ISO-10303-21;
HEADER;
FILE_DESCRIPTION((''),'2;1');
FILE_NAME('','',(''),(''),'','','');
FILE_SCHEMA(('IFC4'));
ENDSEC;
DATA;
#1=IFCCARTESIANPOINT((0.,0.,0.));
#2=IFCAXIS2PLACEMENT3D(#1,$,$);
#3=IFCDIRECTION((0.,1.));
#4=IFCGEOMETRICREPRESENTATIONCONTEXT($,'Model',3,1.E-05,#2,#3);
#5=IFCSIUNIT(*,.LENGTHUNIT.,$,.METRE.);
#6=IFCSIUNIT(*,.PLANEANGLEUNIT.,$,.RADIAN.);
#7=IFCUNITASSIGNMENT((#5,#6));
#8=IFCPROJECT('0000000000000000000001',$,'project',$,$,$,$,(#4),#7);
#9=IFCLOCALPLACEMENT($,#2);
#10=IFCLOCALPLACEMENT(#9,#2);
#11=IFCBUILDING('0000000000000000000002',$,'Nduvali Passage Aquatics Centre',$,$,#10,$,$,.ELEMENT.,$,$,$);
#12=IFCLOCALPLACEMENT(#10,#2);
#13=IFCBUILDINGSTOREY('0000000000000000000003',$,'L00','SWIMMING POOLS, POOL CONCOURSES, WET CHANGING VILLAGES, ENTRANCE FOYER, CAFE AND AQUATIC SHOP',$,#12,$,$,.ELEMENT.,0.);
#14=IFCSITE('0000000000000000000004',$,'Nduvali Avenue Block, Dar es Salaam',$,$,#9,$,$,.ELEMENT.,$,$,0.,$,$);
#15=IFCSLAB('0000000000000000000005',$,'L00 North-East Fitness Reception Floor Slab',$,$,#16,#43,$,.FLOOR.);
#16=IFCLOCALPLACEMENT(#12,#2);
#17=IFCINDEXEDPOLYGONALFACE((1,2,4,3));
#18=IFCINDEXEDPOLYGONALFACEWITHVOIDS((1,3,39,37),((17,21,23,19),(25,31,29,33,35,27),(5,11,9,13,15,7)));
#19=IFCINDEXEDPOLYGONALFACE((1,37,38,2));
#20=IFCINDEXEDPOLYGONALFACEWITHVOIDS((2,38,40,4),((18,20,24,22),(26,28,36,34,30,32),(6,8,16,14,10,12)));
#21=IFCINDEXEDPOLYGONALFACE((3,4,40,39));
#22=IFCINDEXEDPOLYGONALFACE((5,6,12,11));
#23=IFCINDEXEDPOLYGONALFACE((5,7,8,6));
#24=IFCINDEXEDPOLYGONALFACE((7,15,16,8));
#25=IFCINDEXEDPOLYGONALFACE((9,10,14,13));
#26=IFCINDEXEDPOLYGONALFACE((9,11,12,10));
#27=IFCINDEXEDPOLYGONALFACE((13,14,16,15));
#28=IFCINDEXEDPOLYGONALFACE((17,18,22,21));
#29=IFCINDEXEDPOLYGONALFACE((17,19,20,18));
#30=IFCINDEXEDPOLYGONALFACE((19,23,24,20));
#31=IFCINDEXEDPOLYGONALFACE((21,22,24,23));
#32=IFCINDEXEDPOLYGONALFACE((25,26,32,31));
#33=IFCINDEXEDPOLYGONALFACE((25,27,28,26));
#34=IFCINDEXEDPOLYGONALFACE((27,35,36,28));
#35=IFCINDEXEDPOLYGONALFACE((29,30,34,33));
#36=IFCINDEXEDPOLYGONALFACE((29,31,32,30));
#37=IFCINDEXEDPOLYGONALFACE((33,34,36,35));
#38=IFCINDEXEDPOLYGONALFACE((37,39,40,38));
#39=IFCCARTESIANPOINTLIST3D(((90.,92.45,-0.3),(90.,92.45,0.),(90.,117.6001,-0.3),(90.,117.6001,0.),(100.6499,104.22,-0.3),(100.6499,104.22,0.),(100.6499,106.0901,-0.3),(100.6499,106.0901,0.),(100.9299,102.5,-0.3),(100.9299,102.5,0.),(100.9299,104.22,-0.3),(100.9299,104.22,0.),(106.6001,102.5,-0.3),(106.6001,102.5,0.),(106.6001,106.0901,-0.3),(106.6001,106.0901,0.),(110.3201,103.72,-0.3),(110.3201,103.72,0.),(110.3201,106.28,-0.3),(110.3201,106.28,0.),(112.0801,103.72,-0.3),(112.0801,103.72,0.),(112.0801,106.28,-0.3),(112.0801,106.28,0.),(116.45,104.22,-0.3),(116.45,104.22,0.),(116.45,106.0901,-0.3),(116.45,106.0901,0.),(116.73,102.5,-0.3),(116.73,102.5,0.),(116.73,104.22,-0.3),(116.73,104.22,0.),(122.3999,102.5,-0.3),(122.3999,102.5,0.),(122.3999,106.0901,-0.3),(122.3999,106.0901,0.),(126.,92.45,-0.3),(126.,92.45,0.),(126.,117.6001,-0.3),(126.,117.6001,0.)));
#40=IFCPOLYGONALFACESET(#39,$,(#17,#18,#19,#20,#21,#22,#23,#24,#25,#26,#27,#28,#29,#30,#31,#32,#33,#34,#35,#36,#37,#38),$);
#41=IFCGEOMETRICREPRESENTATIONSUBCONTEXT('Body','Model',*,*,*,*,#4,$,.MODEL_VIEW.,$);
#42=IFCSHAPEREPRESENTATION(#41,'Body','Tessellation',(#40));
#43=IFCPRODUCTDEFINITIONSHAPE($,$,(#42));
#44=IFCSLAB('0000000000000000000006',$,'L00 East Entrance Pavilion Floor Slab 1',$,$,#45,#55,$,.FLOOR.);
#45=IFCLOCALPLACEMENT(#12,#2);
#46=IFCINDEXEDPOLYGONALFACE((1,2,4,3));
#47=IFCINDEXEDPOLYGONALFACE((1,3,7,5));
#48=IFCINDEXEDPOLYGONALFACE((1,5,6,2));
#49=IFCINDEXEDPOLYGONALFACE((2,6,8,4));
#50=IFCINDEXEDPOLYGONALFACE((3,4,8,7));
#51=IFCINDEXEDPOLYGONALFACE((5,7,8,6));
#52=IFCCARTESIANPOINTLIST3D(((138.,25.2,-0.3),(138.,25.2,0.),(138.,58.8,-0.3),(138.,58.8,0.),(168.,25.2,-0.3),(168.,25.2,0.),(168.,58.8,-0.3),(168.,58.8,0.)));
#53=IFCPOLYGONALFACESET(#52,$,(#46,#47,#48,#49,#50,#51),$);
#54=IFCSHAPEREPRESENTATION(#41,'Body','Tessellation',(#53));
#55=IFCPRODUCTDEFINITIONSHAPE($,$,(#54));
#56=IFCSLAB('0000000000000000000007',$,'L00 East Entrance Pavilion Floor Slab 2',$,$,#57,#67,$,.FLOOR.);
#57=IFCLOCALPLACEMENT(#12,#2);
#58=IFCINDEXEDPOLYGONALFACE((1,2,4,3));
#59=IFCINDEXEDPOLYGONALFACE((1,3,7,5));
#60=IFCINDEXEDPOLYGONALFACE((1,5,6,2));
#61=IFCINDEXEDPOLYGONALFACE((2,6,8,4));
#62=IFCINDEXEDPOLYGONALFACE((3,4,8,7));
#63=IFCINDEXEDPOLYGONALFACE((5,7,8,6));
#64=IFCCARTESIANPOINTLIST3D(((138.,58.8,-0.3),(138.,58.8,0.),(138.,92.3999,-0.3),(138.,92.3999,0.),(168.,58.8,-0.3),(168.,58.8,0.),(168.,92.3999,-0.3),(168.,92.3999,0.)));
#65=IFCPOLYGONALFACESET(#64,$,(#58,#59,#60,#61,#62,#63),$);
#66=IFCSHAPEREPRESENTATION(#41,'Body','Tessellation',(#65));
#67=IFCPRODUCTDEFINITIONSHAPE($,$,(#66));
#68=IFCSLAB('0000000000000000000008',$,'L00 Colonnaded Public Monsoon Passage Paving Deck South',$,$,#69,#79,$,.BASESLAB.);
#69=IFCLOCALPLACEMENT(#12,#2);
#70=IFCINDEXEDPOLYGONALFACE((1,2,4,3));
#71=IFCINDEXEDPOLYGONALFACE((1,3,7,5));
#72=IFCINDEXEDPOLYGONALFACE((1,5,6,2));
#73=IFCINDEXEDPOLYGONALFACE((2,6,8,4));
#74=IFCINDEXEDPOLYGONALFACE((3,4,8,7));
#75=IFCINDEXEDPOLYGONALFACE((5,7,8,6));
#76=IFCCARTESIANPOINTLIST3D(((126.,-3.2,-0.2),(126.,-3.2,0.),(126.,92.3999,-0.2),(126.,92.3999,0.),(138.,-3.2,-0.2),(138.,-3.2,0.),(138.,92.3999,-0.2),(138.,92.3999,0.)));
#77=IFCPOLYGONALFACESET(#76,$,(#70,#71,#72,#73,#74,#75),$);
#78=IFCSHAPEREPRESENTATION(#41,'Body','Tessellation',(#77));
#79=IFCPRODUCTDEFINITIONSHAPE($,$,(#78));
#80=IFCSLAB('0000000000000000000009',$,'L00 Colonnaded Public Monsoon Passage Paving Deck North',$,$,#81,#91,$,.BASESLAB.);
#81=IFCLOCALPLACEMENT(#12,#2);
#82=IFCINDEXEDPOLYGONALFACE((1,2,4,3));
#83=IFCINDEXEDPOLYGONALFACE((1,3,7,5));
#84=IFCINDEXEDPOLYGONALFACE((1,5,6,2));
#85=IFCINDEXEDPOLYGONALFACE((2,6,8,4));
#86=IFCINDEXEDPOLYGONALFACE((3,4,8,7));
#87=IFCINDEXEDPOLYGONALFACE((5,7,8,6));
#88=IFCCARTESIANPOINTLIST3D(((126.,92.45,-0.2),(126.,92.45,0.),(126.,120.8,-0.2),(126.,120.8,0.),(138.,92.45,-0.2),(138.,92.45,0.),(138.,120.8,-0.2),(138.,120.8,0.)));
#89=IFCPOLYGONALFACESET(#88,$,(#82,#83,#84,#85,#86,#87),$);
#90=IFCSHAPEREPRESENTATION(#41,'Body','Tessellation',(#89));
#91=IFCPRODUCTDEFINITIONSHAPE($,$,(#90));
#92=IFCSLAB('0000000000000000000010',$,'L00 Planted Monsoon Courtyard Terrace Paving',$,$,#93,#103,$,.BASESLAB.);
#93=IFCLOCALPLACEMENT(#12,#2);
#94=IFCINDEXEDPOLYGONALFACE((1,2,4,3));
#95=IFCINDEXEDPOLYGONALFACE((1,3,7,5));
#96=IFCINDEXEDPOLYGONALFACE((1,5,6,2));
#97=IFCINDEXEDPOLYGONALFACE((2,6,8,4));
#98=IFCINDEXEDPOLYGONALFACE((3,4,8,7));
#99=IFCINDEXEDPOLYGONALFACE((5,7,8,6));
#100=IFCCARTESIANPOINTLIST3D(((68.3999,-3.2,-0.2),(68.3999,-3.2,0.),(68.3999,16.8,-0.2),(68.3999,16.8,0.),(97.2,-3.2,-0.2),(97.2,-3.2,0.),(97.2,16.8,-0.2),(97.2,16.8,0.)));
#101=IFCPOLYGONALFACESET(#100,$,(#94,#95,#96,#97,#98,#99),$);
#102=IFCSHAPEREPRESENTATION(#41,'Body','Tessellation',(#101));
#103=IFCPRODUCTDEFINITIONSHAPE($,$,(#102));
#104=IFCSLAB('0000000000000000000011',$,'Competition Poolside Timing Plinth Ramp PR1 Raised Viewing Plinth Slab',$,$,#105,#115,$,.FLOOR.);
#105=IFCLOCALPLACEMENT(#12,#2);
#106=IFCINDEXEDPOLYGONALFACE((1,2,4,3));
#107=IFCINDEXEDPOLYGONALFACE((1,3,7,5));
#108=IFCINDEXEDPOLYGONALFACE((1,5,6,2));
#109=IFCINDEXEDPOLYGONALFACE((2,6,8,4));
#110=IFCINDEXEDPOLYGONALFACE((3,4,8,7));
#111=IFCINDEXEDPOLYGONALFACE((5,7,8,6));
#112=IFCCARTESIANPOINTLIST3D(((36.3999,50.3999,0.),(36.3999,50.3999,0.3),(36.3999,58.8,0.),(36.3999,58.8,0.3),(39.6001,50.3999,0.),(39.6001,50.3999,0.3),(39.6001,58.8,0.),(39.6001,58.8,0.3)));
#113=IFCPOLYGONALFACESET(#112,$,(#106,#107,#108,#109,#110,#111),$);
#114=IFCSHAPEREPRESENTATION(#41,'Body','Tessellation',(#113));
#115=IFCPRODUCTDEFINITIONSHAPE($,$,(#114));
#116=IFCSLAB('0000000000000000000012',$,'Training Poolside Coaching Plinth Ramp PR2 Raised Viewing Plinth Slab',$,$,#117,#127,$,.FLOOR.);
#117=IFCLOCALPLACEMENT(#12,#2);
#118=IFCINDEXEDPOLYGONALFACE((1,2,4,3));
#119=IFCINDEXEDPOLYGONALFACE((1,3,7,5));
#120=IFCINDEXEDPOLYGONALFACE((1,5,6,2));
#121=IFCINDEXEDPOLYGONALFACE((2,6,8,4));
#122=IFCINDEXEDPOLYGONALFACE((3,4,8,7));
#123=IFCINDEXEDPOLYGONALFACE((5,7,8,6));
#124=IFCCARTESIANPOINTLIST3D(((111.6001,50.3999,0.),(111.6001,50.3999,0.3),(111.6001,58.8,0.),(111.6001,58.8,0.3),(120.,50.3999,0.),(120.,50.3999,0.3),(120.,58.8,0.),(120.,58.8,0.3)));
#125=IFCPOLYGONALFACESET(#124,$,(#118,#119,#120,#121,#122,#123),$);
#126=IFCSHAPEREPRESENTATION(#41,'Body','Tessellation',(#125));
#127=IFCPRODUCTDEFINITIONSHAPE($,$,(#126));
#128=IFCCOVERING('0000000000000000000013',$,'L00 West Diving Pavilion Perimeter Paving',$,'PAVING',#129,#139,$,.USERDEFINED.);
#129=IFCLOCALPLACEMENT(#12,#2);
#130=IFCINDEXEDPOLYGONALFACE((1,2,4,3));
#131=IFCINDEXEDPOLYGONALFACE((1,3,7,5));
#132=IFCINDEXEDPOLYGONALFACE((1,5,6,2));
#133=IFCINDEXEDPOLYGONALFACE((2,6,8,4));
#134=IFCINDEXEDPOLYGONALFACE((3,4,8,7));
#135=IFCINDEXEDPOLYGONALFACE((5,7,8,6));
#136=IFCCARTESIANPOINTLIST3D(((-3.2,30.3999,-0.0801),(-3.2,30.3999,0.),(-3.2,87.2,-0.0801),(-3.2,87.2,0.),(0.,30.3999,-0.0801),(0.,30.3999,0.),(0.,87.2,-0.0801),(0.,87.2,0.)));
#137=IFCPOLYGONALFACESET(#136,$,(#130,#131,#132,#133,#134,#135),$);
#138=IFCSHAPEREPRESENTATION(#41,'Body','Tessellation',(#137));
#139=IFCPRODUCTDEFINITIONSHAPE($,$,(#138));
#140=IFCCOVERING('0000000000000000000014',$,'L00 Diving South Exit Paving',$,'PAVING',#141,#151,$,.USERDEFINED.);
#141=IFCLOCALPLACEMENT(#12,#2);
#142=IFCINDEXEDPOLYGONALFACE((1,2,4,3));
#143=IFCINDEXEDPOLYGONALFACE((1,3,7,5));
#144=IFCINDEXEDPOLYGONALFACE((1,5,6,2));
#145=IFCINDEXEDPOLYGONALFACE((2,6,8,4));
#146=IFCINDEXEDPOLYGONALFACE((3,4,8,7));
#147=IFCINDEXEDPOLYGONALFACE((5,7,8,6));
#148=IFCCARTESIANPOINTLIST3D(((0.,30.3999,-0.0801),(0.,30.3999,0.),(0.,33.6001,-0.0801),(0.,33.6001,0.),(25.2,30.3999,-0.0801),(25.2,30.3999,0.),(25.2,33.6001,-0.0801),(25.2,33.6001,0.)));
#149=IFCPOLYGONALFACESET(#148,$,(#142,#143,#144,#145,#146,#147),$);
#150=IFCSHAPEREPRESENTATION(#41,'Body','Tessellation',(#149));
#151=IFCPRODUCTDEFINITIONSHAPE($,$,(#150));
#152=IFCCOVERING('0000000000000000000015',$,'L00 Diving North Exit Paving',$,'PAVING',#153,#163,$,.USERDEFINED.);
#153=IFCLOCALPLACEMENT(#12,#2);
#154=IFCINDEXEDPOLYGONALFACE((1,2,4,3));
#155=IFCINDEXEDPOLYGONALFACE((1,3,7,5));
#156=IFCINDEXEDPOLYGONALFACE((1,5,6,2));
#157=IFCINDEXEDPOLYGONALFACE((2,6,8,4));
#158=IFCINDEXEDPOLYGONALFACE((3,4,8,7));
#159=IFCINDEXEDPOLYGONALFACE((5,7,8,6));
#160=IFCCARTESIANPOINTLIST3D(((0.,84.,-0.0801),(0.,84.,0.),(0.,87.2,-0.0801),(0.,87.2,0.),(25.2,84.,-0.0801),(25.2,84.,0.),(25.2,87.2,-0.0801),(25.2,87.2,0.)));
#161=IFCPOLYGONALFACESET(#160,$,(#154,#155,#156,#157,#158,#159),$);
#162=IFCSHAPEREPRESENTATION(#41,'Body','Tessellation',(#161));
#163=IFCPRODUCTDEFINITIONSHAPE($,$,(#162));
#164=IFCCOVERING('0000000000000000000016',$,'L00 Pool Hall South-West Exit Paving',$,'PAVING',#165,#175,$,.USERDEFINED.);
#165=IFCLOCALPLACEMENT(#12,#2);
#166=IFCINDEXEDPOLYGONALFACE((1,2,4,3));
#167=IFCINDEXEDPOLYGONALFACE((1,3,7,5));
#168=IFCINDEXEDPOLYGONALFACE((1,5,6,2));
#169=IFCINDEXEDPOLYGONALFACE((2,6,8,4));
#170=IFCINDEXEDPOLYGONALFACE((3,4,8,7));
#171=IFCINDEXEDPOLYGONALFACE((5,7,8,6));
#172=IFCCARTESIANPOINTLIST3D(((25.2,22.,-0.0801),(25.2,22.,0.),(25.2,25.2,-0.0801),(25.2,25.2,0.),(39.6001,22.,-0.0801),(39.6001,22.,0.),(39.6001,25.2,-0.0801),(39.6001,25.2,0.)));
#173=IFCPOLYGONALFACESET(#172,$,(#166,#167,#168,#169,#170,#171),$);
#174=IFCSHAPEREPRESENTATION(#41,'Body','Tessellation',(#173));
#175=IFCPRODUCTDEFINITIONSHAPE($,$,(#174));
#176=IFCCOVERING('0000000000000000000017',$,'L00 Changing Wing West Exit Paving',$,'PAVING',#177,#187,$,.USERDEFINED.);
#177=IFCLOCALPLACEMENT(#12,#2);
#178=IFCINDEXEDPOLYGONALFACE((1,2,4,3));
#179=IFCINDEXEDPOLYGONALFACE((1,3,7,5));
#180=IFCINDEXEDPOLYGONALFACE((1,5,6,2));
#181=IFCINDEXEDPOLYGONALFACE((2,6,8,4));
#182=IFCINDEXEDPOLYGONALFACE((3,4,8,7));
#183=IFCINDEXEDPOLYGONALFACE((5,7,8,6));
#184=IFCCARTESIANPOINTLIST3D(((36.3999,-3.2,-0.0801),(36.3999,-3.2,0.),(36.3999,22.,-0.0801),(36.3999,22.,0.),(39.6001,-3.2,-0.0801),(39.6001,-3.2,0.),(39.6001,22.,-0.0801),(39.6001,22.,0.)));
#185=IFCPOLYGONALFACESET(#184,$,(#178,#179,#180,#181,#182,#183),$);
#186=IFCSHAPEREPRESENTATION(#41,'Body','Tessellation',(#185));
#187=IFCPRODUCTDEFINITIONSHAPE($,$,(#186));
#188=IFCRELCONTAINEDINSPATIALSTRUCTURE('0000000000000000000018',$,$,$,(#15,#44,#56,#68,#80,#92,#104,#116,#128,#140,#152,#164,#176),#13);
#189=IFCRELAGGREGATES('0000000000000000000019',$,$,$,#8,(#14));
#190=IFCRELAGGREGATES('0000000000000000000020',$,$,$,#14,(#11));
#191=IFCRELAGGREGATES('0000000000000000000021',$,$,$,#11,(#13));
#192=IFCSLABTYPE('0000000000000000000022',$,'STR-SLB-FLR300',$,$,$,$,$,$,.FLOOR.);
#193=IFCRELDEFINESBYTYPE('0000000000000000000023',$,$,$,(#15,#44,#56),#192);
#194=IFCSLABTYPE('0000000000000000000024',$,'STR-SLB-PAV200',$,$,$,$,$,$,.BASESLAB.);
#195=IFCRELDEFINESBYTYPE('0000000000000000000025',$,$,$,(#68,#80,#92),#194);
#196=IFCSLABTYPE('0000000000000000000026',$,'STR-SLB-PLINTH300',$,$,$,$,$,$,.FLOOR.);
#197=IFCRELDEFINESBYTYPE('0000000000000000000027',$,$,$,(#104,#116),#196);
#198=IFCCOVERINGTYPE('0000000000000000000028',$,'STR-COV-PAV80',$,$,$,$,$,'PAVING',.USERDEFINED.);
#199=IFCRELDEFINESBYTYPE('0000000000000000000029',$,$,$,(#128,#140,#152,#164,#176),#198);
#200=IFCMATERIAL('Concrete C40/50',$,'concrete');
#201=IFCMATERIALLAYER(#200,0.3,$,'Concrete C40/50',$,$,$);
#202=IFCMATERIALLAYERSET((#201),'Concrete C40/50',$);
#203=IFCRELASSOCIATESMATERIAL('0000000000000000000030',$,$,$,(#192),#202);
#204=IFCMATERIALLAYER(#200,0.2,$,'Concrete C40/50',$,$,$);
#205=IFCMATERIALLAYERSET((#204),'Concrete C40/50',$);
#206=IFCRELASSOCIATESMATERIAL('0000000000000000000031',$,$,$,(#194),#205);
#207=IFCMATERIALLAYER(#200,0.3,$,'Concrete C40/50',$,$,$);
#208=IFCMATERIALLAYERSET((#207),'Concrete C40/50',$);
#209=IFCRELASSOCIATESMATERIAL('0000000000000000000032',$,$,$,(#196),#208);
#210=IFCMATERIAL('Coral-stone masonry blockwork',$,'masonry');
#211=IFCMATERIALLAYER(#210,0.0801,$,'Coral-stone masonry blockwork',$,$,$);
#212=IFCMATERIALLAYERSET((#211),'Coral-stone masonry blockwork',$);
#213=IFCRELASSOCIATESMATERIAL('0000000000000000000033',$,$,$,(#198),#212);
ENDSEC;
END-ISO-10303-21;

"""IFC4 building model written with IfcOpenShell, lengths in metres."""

from ifc_helpers import new_model, si_unit, direction, frame, origin, place, context, subcontext, project, spatial, polyline, outline, extrude, material, layer, layer_set, type_object, element, save


model = new_model("IFC4")

# Units and contexts
model_context = context("Model", 3, precision=1e-05, world=origin(), true_north=direction((0.0, 1.0)))
body_context = subcontext(model_context, "Body", "Model", "MODEL_VIEW")
ifc_project = project(units=[si_unit("LENGTHUNIT", "METRE"), si_unit("PLANEANGLEUNIT", "RADIAN")], contexts=[model_context])

# Site, building, storey
site_placement = place(None, origin())
site = spatial("IfcSite", under=ifc_project, at=site_placement, Name="Nduvali Avenue Block, Dar es Salaam", CompositionType="ELEMENT", RefElevation=0.0)
building_placement = place(site_placement, origin())
building = spatial("IfcBuilding", under=site, at=building_placement, Name="Nduvali Passage Aquatics Centre", CompositionType="ELEMENT")
storey_placement = place(building_placement, origin())
storey = spatial("IfcBuildingStorey", under=building, at=storey_placement, Name="L00", Description="SWIMMING POOLS, POOL CONCOURSES, WET CHANGING VILLAGES, ENTRANCE FOYER, CAFE AND AQUATIC SHOP", CompositionType="ELEMENT", Elevation=0.0)

# Shared definitions
ifc_material_1 = material(Name="Concrete C40/50", Category="concrete")

# Slabs
ifc_layer_1 = layer(ifc_material_1, 0.3, Name="Concrete C40/50")
ifc_layer_set_1 = layer_set([ifc_layer_1], Name="Concrete C40/50")
slab_type_1 = type_object("IfcSlabType", Name="STR-SLB-FLR300", PredefinedType="FLOOR", material=ifc_layer_set_1)
slab_1_placement = place(storey_placement, frame((0.0, 0.0, -0.3)))
element("IfcSlab", 1, at=slab_1_placement, inside=storey, type_object=slab_type_1, Name="L00 North-East Fitness Reception Floor Slab", PredefinedType="FLOOR", context=body_context, shape_type="SweptSolid", body=[
    extrude(outline(polyline([(90.0, 92.45), (126.0, 92.45), (126.0, 117.6001), (90.0, 117.6001), (90.0, 92.45)]), holes=[polyline([(116.73, 102.5), (122.3999, 102.5), (122.3999, 106.0901), (116.45, 106.0901), (116.45, 104.22), (116.73, 104.22), (116.73, 102.5)]), polyline([(100.9299, 102.5), (106.6001, 102.5), (106.6001, 106.0901), (100.6499, 106.0901), (100.6499, 104.22), (100.9299, 104.22), (100.9299, 102.5)]), polyline([(110.3201, 103.72), (112.0801, 103.72), (112.0801, 106.28), (110.3201, 106.28), (110.3201, 103.72)])]), origin(), (0.0, 0.0, 1.0), 0.3),
])
slab_2_placement = place(storey_placement, frame((0.0, 0.0, -0.3)))
element("IfcSlab", 2, at=slab_2_placement, inside=storey, type_object=slab_type_1, Name="L00 East Entrance Pavilion Floor Slab 1", PredefinedType="FLOOR", context=body_context, shape_type="SweptSolid", body=[
    extrude(outline(polyline([(138.0, 25.2), (168.0, 25.2), (168.0, 58.8), (138.0, 58.8), (138.0, 25.2)])), origin(), (0.0, 0.0, 1.0), 0.3),
])
slab_3_placement = place(storey_placement, frame((0.0, 0.0, -0.3)))
element("IfcSlab", 3, at=slab_3_placement, inside=storey, type_object=slab_type_1, Name="L00 East Entrance Pavilion Floor Slab 2", PredefinedType="FLOOR", context=body_context, shape_type="SweptSolid", body=[
    extrude(outline(polyline([(138.0, 58.8), (168.0, 58.8), (168.0, 92.3999), (138.0, 92.3999), (138.0, 58.8)])), origin(), (0.0, 0.0, 1.0), 0.3),
])
ifc_layer_2 = layer(ifc_material_1, 0.2, Name="Concrete C40/50")
ifc_layer_set_2 = layer_set([ifc_layer_2], Name="Concrete C40/50")
slab_type_2 = type_object("IfcSlabType", Name="STR-SLB-PAV200", PredefinedType="BASESLAB", material=ifc_layer_set_2)
slab_4_placement = place(storey_placement, frame((0.0, 0.0, -0.2)))
element("IfcSlab", 4, at=slab_4_placement, inside=storey, type_object=slab_type_2, Name="L00 Colonnaded Public Monsoon Passage Paving Deck South", PredefinedType="BASESLAB", context=body_context, shape_type="SweptSolid", body=[
    extrude(outline(polyline([(126.0, -3.2), (138.0, -3.2), (138.0, 92.3999), (126.0, 92.3999), (126.0, -3.2)])), origin(), (0.0, 0.0, 1.0), 0.2),
])
slab_5_placement = place(storey_placement, frame((0.0, 0.0, -0.2)))
element("IfcSlab", 5, at=slab_5_placement, inside=storey, type_object=slab_type_2, Name="L00 Colonnaded Public Monsoon Passage Paving Deck North", PredefinedType="BASESLAB", context=body_context, shape_type="SweptSolid", body=[
    extrude(outline(polyline([(126.0, 92.45), (138.0, 92.45), (138.0, 120.8), (126.0, 120.8), (126.0, 92.45)])), origin(), (0.0, 0.0, 1.0), 0.2),
])
slab_6_placement = place(storey_placement, frame((0.0, 0.0, -0.2)))
element("IfcSlab", 6, at=slab_6_placement, inside=storey, type_object=slab_type_2, Name="L00 Planted Monsoon Courtyard Terrace Paving", PredefinedType="BASESLAB", context=body_context, shape_type="SweptSolid", body=[
    extrude(outline(polyline([(68.3999, -3.2), (97.2, -3.2), (97.2, 16.8), (68.3999, 16.8), (68.3999, -3.2)])), origin(), (0.0, 0.0, 1.0), 0.2),
])
ifc_layer_3 = layer(ifc_material_1, 0.3, Name="Concrete C40/50")
ifc_layer_set_3 = layer_set([ifc_layer_3], Name="Concrete C40/50")
slab_type_3 = type_object("IfcSlabType", Name="STR-SLB-PLINTH300", PredefinedType="FLOOR", material=ifc_layer_set_3)
slab_7_placement = place(storey_placement, origin())
element("IfcSlab", 7, at=slab_7_placement, inside=storey, type_object=slab_type_3, Name="Competition Poolside Timing Plinth Ramp PR1 Raised Viewing Plinth Slab", PredefinedType="FLOOR", context=body_context, shape_type="SweptSolid", body=[
    extrude(outline(polyline([(36.3999, 50.3999), (39.6001, 50.3999), (39.6001, 58.8), (36.3999, 58.8), (36.3999, 50.3999)])), origin(), (0.0, 0.0, 1.0), 0.3),
])
slab_8_placement = place(storey_placement, origin())
element("IfcSlab", 8, at=slab_8_placement, inside=storey, type_object=slab_type_3, Name="Training Poolside Coaching Plinth Ramp PR2 Raised Viewing Plinth Slab", PredefinedType="FLOOR", context=body_context, shape_type="SweptSolid", body=[
    extrude(outline(polyline([(111.6001, 50.3999), (120.0, 50.3999), (120.0, 58.8), (111.6001, 58.8), (111.6001, 50.3999)])), origin(), (0.0, 0.0, 1.0), 0.3),
])

# Coverings
ifc_material_2 = material(Name="Coral-stone masonry blockwork", Category="masonry")
ifc_layer_4 = layer(ifc_material_2, 0.0801, Name="Coral-stone masonry blockwork")
ifc_layer_set_4 = layer_set([ifc_layer_4], Name="Coral-stone masonry blockwork")
covering_type = type_object("IfcCoveringType", Name="STR-COV-PAV80", ElementType="PAVING", PredefinedType="USERDEFINED", material=ifc_layer_set_4)
covering_1_placement = place(storey_placement, frame((0.0, 0.0, -0.0801)))
element("IfcCovering", 9, at=covering_1_placement, inside=storey, type_object=covering_type, Name="L00 West Diving Pavilion Perimeter Paving", ObjectType="PAVING", PredefinedType="USERDEFINED", context=body_context, shape_type="SweptSolid", body=[
    extrude(outline(polyline([(-3.2, 30.3999), (0.0, 30.3999), (0.0, 87.2), (-3.2, 87.2), (-3.2, 30.3999)])), origin(), (0.0, 0.0, 1.0), 0.0801),
])
covering_2_placement = place(storey_placement, frame((0.0, 0.0, -0.0801)))
element("IfcCovering", 10, at=covering_2_placement, inside=storey, type_object=covering_type, Name="L00 Diving South Exit Paving", ObjectType="PAVING", PredefinedType="USERDEFINED", context=body_context, shape_type="SweptSolid", body=[
    extrude(outline(polyline([(0.0, 30.3999), (25.2, 30.3999), (25.2, 33.6001), (0.0, 33.6001), (0.0, 30.3999)])), origin(), (0.0, 0.0, 1.0), 0.0801),
])
covering_3_placement = place(storey_placement, frame((0.0, 0.0, -0.0801)))
element("IfcCovering", 11, at=covering_3_placement, inside=storey, type_object=covering_type, Name="L00 Diving North Exit Paving", ObjectType="PAVING", PredefinedType="USERDEFINED", context=body_context, shape_type="SweptSolid", body=[
    extrude(outline(polyline([(0.0, 84.0), (25.2, 84.0), (25.2, 87.2), (0.0, 87.2), (0.0, 84.0)])), origin(), (0.0, 0.0, 1.0), 0.0801),
])
covering_4_placement = place(storey_placement, frame((0.0, 0.0, -0.0801)))
element("IfcCovering", 12, at=covering_4_placement, inside=storey, type_object=covering_type, Name="L00 Pool Hall South-West Exit Paving", ObjectType="PAVING", PredefinedType="USERDEFINED", context=body_context, shape_type="SweptSolid", body=[
    extrude(outline(polyline([(25.2, 22.0), (39.6001, 22.0), (39.6001, 25.2), (25.2, 25.2), (25.2, 22.0)])), origin(), (0.0, 0.0, 1.0), 0.0801),
])
covering_5_placement = place(storey_placement, frame((0.0, 0.0, -0.0801)))
element("IfcCovering", 13, at=covering_5_placement, inside=storey, type_object=covering_type, Name="L00 Changing Wing West Exit Paving", ObjectType="PAVING", PredefinedType="USERDEFINED", context=body_context, shape_type="SweptSolid", body=[
    extrude(outline(polyline([(36.3999, -3.2), (39.6001, -3.2), (39.6001, 22.0), (36.3999, 22.0), (36.3999, -3.2)])), origin(), (0.0, 0.0, 1.0), 0.0801),
])

save(model, "model.ifc")
